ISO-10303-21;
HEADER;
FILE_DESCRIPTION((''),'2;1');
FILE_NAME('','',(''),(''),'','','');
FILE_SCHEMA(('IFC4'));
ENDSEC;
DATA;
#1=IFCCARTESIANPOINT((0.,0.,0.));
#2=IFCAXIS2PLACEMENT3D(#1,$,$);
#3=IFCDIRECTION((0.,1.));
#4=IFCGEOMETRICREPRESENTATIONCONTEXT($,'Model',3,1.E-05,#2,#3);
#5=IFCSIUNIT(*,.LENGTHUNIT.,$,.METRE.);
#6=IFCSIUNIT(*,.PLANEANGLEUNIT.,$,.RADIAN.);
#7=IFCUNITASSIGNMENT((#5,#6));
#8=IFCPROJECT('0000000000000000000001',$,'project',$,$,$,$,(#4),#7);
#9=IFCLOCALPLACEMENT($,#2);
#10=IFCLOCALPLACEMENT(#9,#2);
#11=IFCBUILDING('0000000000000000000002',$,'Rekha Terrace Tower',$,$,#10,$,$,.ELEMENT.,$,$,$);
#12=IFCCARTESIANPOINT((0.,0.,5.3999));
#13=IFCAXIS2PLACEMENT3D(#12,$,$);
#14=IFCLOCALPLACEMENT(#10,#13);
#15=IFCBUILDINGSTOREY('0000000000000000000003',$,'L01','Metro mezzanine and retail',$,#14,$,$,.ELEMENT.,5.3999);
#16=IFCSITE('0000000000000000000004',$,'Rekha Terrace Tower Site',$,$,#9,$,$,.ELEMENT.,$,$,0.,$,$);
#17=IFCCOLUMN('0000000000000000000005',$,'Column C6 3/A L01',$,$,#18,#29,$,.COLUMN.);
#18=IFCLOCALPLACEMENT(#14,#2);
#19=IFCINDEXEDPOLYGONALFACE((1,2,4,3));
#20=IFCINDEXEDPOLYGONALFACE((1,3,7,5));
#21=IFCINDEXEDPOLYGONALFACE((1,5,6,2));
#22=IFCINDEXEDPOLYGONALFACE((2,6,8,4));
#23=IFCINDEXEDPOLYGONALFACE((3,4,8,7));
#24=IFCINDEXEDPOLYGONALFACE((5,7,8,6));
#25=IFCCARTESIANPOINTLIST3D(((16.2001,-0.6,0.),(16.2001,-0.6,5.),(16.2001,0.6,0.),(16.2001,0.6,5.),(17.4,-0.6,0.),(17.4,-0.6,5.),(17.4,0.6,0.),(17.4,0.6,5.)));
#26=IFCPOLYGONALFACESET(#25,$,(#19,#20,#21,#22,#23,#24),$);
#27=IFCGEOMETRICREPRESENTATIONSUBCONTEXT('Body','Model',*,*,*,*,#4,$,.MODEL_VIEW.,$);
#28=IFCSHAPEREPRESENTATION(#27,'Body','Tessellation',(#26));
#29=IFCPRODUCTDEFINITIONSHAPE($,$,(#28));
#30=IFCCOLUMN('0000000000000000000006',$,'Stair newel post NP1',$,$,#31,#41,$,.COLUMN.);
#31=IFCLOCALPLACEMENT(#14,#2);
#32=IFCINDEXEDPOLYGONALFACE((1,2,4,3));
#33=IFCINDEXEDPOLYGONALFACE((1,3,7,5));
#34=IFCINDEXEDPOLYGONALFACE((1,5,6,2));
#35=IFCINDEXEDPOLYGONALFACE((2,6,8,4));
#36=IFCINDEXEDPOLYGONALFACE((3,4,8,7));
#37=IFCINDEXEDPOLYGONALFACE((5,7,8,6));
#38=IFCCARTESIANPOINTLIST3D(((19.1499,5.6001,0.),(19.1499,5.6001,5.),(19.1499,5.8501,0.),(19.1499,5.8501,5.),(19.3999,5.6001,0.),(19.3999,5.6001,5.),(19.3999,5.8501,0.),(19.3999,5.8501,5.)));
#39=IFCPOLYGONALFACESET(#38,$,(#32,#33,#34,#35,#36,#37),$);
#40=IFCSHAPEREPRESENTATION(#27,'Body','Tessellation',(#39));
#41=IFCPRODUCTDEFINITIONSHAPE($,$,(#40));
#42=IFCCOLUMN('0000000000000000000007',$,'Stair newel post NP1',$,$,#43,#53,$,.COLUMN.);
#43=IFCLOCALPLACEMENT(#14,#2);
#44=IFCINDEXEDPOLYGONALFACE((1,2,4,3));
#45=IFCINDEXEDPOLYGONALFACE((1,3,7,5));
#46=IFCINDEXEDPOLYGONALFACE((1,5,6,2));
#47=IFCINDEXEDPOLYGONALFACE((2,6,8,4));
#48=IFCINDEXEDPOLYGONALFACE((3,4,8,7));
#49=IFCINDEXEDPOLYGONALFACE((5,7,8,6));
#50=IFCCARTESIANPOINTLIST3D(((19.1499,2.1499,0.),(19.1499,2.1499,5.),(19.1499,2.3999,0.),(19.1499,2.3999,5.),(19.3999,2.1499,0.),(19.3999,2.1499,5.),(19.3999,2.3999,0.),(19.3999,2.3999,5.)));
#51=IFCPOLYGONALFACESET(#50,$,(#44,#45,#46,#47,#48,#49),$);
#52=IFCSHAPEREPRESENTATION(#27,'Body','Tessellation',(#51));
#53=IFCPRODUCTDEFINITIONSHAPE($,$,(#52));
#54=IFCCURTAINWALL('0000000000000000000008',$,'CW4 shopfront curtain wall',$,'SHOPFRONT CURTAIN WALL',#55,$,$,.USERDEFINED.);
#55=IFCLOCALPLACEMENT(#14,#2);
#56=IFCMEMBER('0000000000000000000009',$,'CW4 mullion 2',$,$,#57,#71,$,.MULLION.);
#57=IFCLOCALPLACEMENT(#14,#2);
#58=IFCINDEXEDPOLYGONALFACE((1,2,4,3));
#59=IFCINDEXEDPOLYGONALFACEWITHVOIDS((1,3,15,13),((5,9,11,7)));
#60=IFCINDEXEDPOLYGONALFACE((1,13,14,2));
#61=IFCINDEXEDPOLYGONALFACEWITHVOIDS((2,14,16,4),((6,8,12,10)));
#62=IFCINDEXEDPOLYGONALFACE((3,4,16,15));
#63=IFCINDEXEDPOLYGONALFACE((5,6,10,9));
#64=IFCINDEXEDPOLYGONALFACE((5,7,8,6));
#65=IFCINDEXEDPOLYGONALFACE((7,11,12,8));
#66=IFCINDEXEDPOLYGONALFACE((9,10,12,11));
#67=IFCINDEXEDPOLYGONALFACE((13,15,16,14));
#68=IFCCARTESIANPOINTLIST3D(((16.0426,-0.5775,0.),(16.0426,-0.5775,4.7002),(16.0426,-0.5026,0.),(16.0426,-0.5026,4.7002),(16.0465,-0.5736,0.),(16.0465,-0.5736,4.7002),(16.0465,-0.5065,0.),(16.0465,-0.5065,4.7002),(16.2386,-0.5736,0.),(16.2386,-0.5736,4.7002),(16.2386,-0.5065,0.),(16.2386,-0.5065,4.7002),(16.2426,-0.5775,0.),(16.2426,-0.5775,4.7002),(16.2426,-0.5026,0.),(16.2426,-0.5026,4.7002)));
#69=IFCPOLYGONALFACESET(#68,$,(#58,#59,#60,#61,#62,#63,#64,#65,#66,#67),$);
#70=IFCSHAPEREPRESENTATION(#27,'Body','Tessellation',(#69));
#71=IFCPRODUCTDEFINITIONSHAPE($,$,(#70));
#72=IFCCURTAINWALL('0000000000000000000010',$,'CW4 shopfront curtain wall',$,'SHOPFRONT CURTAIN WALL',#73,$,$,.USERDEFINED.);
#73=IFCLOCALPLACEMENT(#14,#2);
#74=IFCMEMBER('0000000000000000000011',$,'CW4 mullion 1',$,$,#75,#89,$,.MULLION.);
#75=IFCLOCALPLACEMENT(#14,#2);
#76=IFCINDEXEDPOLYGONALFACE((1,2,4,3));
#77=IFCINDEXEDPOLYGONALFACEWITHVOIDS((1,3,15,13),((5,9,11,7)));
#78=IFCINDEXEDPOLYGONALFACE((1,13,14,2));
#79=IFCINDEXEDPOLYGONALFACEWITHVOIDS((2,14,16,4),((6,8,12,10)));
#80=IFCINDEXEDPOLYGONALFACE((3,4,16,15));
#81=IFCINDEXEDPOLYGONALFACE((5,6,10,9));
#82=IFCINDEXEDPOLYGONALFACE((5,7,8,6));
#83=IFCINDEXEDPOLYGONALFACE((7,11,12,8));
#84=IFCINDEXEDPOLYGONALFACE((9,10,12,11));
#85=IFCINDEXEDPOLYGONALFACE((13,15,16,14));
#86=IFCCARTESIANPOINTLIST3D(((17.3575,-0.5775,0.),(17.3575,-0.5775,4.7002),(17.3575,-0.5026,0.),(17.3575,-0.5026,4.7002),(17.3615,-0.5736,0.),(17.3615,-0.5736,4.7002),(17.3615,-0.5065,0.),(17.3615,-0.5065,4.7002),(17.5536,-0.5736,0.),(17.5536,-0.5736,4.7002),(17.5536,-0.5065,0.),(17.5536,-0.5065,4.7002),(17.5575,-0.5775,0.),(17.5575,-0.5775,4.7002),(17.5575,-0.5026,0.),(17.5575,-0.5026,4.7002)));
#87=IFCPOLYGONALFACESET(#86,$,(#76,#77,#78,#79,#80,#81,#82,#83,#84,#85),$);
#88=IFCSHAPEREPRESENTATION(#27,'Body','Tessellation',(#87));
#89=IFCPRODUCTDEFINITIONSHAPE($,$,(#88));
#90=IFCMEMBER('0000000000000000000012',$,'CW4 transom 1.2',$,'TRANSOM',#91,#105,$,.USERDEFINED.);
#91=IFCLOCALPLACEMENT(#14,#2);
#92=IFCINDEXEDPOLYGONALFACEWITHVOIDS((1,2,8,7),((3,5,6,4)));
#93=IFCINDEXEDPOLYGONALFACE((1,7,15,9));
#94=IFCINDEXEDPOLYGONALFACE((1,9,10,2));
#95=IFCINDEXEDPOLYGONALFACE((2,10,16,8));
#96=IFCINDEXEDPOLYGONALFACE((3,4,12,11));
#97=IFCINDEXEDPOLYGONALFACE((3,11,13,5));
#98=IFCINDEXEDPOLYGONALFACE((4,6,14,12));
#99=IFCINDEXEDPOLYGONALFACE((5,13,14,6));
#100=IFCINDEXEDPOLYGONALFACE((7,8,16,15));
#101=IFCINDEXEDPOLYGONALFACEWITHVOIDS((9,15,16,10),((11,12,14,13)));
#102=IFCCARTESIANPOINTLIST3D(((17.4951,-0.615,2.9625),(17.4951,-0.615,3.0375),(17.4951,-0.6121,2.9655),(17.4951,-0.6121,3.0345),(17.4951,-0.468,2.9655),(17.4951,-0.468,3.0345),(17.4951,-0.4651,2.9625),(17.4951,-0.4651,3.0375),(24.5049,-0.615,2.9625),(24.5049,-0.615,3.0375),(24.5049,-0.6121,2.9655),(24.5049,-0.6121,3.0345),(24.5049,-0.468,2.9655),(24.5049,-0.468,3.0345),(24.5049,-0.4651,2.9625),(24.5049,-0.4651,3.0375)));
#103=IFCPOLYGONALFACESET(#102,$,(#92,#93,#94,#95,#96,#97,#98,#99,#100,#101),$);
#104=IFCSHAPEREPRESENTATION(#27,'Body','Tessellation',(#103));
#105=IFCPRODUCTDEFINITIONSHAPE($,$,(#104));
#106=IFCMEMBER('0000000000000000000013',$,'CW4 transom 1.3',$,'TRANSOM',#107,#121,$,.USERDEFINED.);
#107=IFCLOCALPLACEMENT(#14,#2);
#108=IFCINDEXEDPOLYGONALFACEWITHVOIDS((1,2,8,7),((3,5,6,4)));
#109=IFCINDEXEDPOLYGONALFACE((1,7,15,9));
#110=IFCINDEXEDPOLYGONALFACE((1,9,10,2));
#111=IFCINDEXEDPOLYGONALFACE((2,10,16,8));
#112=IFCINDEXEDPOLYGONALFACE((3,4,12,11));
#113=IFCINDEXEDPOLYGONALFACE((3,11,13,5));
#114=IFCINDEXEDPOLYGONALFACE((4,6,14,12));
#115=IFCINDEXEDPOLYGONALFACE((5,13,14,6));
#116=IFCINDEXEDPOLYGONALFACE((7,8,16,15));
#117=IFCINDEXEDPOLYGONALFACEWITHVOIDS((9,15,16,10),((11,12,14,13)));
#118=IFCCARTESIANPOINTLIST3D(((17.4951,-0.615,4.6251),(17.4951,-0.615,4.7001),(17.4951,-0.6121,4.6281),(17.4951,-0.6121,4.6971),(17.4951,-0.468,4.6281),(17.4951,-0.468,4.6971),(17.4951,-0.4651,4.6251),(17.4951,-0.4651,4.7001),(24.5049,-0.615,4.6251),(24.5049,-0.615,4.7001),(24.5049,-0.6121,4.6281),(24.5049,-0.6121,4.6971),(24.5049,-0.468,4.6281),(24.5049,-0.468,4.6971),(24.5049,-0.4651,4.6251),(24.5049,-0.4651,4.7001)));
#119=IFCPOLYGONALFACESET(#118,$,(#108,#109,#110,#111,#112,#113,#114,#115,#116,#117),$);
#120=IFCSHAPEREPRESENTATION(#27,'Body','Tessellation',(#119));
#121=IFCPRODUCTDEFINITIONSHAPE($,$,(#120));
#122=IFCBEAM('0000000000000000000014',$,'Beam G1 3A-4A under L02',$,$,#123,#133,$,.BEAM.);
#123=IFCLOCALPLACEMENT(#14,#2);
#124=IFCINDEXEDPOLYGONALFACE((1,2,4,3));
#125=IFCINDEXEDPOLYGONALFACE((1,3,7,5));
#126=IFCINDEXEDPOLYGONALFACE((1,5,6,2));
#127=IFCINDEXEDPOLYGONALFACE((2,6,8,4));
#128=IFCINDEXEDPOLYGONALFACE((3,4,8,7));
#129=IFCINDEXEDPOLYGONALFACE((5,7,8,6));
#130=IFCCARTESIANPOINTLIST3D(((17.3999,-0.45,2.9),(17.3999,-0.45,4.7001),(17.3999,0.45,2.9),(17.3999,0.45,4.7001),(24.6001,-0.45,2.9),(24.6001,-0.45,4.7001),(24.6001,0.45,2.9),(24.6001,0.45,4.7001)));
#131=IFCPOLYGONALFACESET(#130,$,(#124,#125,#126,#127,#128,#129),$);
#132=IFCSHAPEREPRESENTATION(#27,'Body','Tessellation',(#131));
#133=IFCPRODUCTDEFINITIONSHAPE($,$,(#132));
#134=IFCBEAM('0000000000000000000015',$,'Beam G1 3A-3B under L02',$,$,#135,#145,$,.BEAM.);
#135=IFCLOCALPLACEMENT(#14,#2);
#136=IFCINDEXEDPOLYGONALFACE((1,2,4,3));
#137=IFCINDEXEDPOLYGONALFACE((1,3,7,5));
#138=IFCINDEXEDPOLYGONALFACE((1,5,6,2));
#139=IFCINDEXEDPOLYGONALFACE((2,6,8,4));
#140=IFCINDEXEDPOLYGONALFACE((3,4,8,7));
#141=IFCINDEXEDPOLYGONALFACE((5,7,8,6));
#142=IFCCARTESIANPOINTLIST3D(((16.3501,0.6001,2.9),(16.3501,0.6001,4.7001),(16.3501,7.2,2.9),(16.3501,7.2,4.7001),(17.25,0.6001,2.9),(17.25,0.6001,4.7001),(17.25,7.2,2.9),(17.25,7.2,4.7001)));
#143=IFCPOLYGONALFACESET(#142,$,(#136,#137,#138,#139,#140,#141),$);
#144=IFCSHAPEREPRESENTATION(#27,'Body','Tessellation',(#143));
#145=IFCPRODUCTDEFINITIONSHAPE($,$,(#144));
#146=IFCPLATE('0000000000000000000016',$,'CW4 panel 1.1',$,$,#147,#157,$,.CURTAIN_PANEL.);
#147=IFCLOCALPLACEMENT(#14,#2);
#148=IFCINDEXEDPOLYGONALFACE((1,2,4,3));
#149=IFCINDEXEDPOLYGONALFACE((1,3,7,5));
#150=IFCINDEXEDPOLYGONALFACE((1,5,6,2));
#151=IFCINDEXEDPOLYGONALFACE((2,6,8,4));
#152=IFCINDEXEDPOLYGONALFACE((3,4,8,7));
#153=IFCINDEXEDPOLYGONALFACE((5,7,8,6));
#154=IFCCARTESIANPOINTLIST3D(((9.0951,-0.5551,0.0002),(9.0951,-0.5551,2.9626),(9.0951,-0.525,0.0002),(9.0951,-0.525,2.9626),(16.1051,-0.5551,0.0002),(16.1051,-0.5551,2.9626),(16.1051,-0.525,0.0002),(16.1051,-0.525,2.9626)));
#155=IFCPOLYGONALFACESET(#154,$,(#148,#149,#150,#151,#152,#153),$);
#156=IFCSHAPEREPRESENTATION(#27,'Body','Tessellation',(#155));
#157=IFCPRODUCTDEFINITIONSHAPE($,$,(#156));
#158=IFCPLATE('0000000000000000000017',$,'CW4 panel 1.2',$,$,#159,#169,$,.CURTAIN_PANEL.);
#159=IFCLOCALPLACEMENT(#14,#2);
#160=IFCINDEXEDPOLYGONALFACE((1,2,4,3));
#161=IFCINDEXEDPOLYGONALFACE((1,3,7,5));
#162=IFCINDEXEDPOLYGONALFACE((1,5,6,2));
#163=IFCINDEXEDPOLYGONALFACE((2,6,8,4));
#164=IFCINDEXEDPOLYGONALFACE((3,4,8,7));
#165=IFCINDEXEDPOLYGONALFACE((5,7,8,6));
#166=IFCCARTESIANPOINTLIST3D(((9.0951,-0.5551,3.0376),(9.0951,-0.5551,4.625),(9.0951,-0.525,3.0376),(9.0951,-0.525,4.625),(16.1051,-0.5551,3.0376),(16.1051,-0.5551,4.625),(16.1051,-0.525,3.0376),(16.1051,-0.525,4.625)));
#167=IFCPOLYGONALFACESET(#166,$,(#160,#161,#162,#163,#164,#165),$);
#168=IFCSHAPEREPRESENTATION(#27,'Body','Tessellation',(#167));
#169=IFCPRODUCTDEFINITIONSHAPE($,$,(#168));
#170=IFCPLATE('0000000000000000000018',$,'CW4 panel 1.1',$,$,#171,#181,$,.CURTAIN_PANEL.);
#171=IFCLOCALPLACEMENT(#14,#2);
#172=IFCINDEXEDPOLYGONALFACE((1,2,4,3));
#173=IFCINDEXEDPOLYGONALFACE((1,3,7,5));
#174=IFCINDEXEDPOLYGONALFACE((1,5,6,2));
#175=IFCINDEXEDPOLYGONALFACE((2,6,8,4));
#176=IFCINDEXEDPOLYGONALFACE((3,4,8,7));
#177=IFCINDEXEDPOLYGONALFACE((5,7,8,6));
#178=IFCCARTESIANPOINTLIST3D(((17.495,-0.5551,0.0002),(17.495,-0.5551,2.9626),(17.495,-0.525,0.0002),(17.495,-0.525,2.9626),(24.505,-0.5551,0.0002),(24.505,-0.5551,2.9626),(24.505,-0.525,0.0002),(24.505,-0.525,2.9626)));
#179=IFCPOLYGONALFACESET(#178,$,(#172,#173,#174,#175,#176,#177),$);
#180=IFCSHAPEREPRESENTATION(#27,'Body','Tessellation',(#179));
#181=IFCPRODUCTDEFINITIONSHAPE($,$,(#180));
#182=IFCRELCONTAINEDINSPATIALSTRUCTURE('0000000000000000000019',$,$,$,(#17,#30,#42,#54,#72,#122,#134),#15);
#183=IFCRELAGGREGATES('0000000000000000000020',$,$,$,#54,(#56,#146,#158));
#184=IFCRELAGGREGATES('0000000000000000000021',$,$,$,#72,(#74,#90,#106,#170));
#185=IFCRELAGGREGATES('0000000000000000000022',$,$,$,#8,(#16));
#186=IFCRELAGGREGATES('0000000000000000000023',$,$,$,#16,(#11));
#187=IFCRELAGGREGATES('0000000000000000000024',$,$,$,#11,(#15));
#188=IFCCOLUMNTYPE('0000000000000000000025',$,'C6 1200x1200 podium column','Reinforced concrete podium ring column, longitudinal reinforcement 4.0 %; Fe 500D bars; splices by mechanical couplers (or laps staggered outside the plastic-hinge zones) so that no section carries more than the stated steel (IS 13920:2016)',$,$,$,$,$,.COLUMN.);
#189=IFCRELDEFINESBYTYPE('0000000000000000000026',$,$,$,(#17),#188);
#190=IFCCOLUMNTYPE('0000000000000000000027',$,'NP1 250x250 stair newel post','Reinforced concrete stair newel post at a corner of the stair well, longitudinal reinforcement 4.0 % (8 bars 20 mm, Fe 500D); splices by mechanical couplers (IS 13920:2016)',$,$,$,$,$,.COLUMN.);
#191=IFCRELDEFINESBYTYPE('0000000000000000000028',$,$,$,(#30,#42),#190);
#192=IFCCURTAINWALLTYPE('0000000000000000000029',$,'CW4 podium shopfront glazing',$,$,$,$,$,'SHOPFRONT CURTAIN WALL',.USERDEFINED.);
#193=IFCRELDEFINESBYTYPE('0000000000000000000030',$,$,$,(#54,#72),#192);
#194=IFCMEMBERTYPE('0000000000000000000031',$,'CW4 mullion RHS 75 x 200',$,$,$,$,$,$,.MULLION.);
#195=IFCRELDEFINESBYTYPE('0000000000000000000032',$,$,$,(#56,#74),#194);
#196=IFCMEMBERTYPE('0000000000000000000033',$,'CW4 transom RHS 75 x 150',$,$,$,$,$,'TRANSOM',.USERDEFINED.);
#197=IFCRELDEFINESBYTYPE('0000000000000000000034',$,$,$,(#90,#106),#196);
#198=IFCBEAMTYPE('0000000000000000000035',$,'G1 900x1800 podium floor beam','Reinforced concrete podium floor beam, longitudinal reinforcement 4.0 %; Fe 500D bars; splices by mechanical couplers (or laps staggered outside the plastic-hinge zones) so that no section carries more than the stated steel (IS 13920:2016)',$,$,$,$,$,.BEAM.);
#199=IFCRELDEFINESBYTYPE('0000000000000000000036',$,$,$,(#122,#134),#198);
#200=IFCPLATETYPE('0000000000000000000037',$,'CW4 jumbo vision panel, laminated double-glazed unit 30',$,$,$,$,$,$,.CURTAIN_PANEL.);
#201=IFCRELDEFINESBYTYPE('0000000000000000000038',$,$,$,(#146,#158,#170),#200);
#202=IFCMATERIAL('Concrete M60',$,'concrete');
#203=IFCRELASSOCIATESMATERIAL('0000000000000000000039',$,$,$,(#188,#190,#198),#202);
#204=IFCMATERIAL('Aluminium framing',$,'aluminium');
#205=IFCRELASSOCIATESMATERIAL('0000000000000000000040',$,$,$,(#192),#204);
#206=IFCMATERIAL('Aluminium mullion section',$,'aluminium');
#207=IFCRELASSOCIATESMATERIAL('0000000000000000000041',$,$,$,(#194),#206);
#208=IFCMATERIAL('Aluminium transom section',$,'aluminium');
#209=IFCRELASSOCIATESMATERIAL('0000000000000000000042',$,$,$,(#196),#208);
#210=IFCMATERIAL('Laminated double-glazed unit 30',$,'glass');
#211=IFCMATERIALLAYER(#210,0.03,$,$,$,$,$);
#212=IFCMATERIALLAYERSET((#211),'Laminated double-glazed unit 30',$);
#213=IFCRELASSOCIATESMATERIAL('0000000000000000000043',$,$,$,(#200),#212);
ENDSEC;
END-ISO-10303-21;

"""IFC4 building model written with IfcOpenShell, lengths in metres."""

from ifc_helpers import new_model, si_unit, direction, frame, origin, origin_2d, place, context, subcontext, project, spatial, rectangle, hollow_rectangle, extrude, material, layer, layer_set, material_profile, profile_set, type_object, element, aggregate, save


model = new_model("IFC4")

# Units and contexts
model_context = context("Model", 3, precision=1e-05, world=origin(), true_north=direction((0.0, 1.0)))
body_context = subcontext(model_context, "Body", "Model", "MODEL_VIEW")
ifc_project = project(units=[si_unit("LENGTHUNIT", "METRE"), si_unit("PLANEANGLEUNIT", "RADIAN")], contexts=[model_context])

# Site, building, storey
site_placement = place(None, origin())
site = spatial("IfcSite", under=ifc_project, at=site_placement, Name="Rekha Terrace Tower Site", CompositionType="ELEMENT", RefElevation=0.0)
building_placement = place(site_placement, origin())
building = spatial("IfcBuilding", under=site, at=building_placement, Name="Rekha Terrace Tower", CompositionType="ELEMENT")
storey_placement = place(building_placement, frame((0.0, 0.0, 5.3999)))
storey = spatial("IfcBuildingStorey", under=building, at=storey_placement, Name="L01", Description="Metro mezzanine and retail", CompositionType="ELEMENT", Elevation=5.3999)

# Columns
ifc_material_1 = material(Name="Concrete M60", Category="concrete")
ifc_material_profile_1 = material_profile(ifc_material_1, rectangle(XDim=1.2, YDim=1.2, at=origin_2d()), Name="RC 1200x1200")
ifc_profile_set_1 = profile_set([ifc_material_profile_1], Name="Concrete M60")
column_type_1 = type_object("IfcColumnType", Name="C6 1200x1200 podium column", Description="Reinforced concrete podium ring column, longitudinal reinforcement 4.0 %; Fe 500D bars; splices by mechanical couplers (or laps staggered outside the plastic-hinge zones) so that no section carries more than the stated steel (IS 13920:2016)", PredefinedType="COLUMN", material=ifc_profile_set_1)
column_placement = place(storey_placement, frame((16.8, 0.0, 0.0), z_axis=(0.0, 0.0, 1.0), x_axis=(1.0, 0.0, 0.0)))
element("IfcColumn", 1, at=column_placement, inside=storey, type_object=column_type_1, Name="Column C6 3/A L01", PredefinedType="COLUMN", context=body_context, shape_type="SweptSolid", body=[
    extrude(rectangle(XDim=1.2, YDim=1.2, at=origin_2d()), origin(), (0.0, 0.0, 1.0), 5.0),
])
ifc_material_profile_2 = material_profile(ifc_material_1, rectangle(XDim=0.25, YDim=0.25, at=origin_2d()), Name="RC 250x250")
ifc_profile_set_2 = profile_set([ifc_material_profile_2], Name="Concrete M60")
column_type_2 = type_object("IfcColumnType", Name="NP1 250x250 stair newel post", Description="Reinforced concrete stair newel post at a corner of the stair well, longitudinal reinforcement 4.0 % (8 bars 20 mm, Fe 500D); splices by mechanical couplers (IS 13920:2016)", PredefinedType="COLUMN", material=ifc_profile_set_2)
for number, where, z_axis, x_axis, name in (
    (2, (19.2749, 5.7251, 0.0), (0.0, 0.0, 1.0), (1.0, 0.0, 0.0), "Stair newel post NP1"),
    (3, (19.2749, 2.2749, 0.0), (0.0, 0.0, 1.0), (1.0, 0.0, 0.0), "Stair newel post NP1"),
):
    element("IfcColumn", number, at=place(storey_placement, frame(where, z_axis=z_axis, x_axis=x_axis)), inside=storey, type_object=column_type_2, Name=name, PredefinedType="COLUMN", context=body_context, shape_type="SweptSolid", body=[
        extrude(rectangle(XDim=0.25, YDim=0.25, at=origin_2d()), origin(), (0.0, 0.0, 1.0), 5.0),
    ])

# Curtain wall, member
ifc_material_2 = material(Name="Aluminium framing", Category="aluminium")
curtain_wall_type = type_object("IfcCurtainWallType", Name="CW4 podium shopfront glazing", ElementType="SHOPFRONT CURTAIN WALL", PredefinedType="USERDEFINED", material=ifc_material_2)
curtain_wall_1_placement = place(storey_placement, origin())
curtain_wall_1 = element("IfcCurtainWall", 4, at=curtain_wall_1_placement, inside=storey, type_object=curtain_wall_type, Name="CW4 shopfront curtain wall", ObjectType="SHOPFRONT CURTAIN WALL", PredefinedType="USERDEFINED")
ifc_material_3 = material(Name="Aluminium mullion section", Category="aluminium")
ifc_material_profile_3 = material_profile(ifc_material_3, hollow_rectangle(XDim=0.075, YDim=0.2, WallThickness=0.0039, at=origin_2d()), Name="AL RHS 75x200")
ifc_profile_set_3 = profile_set([ifc_material_profile_3], Name="Aluminium mullion section")
member_type_1 = type_object("IfcMemberType", Name="CW4 mullion RHS 75 x 200", PredefinedType="MULLION", material=ifc_profile_set_3)
member_1_placement = place(storey_placement, frame((16.1426, -0.54, 0.0), z_axis=(0.0, 0.0, 1.0), x_axis=(0.0, 1.0, 0.0)))
member_1 = element("IfcMember", 5, at=member_1_placement, type_object=member_type_1, Name="CW4 mullion 2", PredefinedType="MULLION", context=body_context, shape_type="SweptSolid", body=[
    extrude(hollow_rectangle(XDim=0.075, YDim=0.2, WallThickness=0.0039, at=origin_2d()), origin(), (0.0, 0.0, 1.0), 4.7002),
])

# Curtain wall, members
curtain_wall_2_placement = place(storey_placement, origin())
curtain_wall_2 = element("IfcCurtainWall", 6, at=curtain_wall_2_placement, inside=storey, type_object=curtain_wall_type, Name="CW4 shopfront curtain wall", ObjectType="SHOPFRONT CURTAIN WALL", PredefinedType="USERDEFINED")
member_2_placement = place(storey_placement, frame((17.4575, -0.54, 0.0), z_axis=(0.0, 0.0, 1.0), x_axis=(0.0, 1.0, 0.0)))
member_2 = element("IfcMember", 7, at=member_2_placement, type_object=member_type_1, Name="CW4 mullion 1", PredefinedType="MULLION", context=body_context, shape_type="SweptSolid", body=[
    extrude(hollow_rectangle(XDim=0.075, YDim=0.2, WallThickness=0.0039, at=origin_2d()), origin(), (0.0, 0.0, 1.0), 4.7002),
])
ifc_material_4 = material(Name="Aluminium transom section", Category="aluminium")
ifc_material_profile_4 = material_profile(ifc_material_4, hollow_rectangle(XDim=0.1499, YDim=0.075, WallThickness=0.0029, at=origin_2d()), Name="AL RHS 150x75")
ifc_profile_set_4 = profile_set([ifc_material_profile_4], Name="Aluminium transom section")
member_type_2 = type_object("IfcMemberType", Name="CW4 transom RHS 75 x 150", ElementType="TRANSOM", PredefinedType="USERDEFINED", material=ifc_profile_set_4)
member_3_placement = place(storey_placement, frame((17.4951, -0.54, 3.0), z_axis=(1.0, 0.0, 0.0), x_axis=(0.0, 1.0, 0.0)))
member_3 = element("IfcMember", 8, at=member_3_placement, type_object=member_type_2, Name="CW4 transom 1.2", ObjectType="TRANSOM", PredefinedType="USERDEFINED", context=body_context, shape_type="SweptSolid", body=[
    extrude(hollow_rectangle(XDim=0.1499, YDim=0.075, WallThickness=0.0029, at=origin_2d()), origin(), (0.0, 0.0, 1.0), 7.0098),
])
member_4_placement = place(storey_placement, frame((17.4951, -0.54, 4.6626), z_axis=(1.0, 0.0, 0.0), x_axis=(0.0, 1.0, 0.0)))
member_4 = element("IfcMember", 9, at=member_4_placement, type_object=member_type_2, Name="CW4 transom 1.3", ObjectType="TRANSOM", PredefinedType="USERDEFINED", context=body_context, shape_type="SweptSolid", body=[
    extrude(hollow_rectangle(XDim=0.1499, YDim=0.075, WallThickness=0.0029, at=origin_2d()), origin(), (0.0, 0.0, 1.0), 7.0098),
])

# Beams
ifc_material_profile_5 = material_profile(ifc_material_1, rectangle(XDim=0.8999, YDim=1.8, at=origin_2d()), Name="RC 900x1800")
ifc_profile_set_5 = profile_set([ifc_material_profile_5], Name="Concrete M60")
beam_type = type_object("IfcBeamType", Name="G1 900x1800 podium floor beam", Description="Reinforced concrete podium floor beam, longitudinal reinforcement 4.0 %; Fe 500D bars; splices by mechanical couplers (or laps staggered outside the plastic-hinge zones) so that no section carries more than the stated steel (IS 13920:2016)", PredefinedType="BEAM", material=ifc_profile_set_5)
beam_1_placement = place(storey_placement, frame((17.3999, 0.0, 3.8), z_axis=(1.0, 0.0, 0.0), x_axis=(0.0, 1.0, 0.0)))
element("IfcBeam", 10, at=beam_1_placement, inside=storey, type_object=beam_type, Name="Beam G1 3A-4A under L02", PredefinedType="BEAM", context=body_context, shape_type="SweptSolid", body=[
    extrude(rectangle(XDim=0.8999, YDim=1.8, at=origin_2d()), origin(), (0.0, 0.0, 1.0), 7.2002),
])
beam_2_placement = place(storey_placement, frame((16.8, 0.6001, 3.8), z_axis=(0.0, 1.0, 0.0), x_axis=(-1.0, 0.0, 0.0)))
element("IfcBeam", 11, at=beam_2_placement, inside=storey, type_object=beam_type, Name="Beam G1 3A-3B under L02", PredefinedType="BEAM", context=body_context, shape_type="SweptSolid", body=[
    extrude(rectangle(XDim=0.8999, YDim=1.8, at=origin_2d()), origin(), (0.0, 0.0, 1.0), 6.5999),
])

# Plates
ifc_material_5 = material(Name="Laminated double-glazed unit 30", Category="glass")
ifc_layer_1 = layer(ifc_material_5, 0.03)
ifc_layer_set_1 = layer_set([ifc_layer_1], Name="Laminated double-glazed unit 30")
plate_type = type_object("IfcPlateType", Name="CW4 jumbo vision panel, laminated double-glazed unit 30", PredefinedType="CURTAIN_PANEL", material=ifc_layer_set_1)
plate_1_placement = place(storey_placement, frame((12.6001, -0.54, 0.0002), z_axis=(0.0, 0.0, 1.0), x_axis=(1.0, 0.0, 0.0)))
plate_1 = element("IfcPlate", 12, at=plate_1_placement, type_object=plate_type, Name="CW4 panel 1.1", PredefinedType="CURTAIN_PANEL", context=body_context, shape_type="SweptSolid", body=[
    extrude(rectangle(XDim=7.01, YDim=0.03, at=origin_2d()), origin(), (0.0, 0.0, 1.0), 2.9624),
])
plate_2_placement = place(storey_placement, frame((12.6001, -0.54, 3.0376), z_axis=(0.0, 0.0, 1.0), x_axis=(1.0, 0.0, 0.0)))
plate_2 = element("IfcPlate", 13, at=plate_2_placement, type_object=plate_type, Name="CW4 panel 1.2", PredefinedType="CURTAIN_PANEL", context=body_context, shape_type="SweptSolid", body=[
    extrude(rectangle(XDim=7.01, YDim=0.03, at=origin_2d()), origin(), (0.0, 0.0, 1.0), 1.5874),
])
aggregate(curtain_wall_1, [member_1, plate_1, plate_2])
plate_3_placement = place(storey_placement, frame((21.0, -0.54, 0.0002), z_axis=(0.0, 0.0, 1.0), x_axis=(1.0, 0.0, 0.0)))
plate_3 = element("IfcPlate", 14, at=plate_3_placement, type_object=plate_type, Name="CW4 panel 1.1", PredefinedType="CURTAIN_PANEL", context=body_context, shape_type="SweptSolid", body=[
    extrude(rectangle(XDim=7.01, YDim=0.03, at=origin_2d()), origin(), (0.0, 0.0, 1.0), 2.9624),
])
aggregate(curtain_wall_2, [member_2, member_3, member_4, plate_3])

save(model, "model.ifc")
